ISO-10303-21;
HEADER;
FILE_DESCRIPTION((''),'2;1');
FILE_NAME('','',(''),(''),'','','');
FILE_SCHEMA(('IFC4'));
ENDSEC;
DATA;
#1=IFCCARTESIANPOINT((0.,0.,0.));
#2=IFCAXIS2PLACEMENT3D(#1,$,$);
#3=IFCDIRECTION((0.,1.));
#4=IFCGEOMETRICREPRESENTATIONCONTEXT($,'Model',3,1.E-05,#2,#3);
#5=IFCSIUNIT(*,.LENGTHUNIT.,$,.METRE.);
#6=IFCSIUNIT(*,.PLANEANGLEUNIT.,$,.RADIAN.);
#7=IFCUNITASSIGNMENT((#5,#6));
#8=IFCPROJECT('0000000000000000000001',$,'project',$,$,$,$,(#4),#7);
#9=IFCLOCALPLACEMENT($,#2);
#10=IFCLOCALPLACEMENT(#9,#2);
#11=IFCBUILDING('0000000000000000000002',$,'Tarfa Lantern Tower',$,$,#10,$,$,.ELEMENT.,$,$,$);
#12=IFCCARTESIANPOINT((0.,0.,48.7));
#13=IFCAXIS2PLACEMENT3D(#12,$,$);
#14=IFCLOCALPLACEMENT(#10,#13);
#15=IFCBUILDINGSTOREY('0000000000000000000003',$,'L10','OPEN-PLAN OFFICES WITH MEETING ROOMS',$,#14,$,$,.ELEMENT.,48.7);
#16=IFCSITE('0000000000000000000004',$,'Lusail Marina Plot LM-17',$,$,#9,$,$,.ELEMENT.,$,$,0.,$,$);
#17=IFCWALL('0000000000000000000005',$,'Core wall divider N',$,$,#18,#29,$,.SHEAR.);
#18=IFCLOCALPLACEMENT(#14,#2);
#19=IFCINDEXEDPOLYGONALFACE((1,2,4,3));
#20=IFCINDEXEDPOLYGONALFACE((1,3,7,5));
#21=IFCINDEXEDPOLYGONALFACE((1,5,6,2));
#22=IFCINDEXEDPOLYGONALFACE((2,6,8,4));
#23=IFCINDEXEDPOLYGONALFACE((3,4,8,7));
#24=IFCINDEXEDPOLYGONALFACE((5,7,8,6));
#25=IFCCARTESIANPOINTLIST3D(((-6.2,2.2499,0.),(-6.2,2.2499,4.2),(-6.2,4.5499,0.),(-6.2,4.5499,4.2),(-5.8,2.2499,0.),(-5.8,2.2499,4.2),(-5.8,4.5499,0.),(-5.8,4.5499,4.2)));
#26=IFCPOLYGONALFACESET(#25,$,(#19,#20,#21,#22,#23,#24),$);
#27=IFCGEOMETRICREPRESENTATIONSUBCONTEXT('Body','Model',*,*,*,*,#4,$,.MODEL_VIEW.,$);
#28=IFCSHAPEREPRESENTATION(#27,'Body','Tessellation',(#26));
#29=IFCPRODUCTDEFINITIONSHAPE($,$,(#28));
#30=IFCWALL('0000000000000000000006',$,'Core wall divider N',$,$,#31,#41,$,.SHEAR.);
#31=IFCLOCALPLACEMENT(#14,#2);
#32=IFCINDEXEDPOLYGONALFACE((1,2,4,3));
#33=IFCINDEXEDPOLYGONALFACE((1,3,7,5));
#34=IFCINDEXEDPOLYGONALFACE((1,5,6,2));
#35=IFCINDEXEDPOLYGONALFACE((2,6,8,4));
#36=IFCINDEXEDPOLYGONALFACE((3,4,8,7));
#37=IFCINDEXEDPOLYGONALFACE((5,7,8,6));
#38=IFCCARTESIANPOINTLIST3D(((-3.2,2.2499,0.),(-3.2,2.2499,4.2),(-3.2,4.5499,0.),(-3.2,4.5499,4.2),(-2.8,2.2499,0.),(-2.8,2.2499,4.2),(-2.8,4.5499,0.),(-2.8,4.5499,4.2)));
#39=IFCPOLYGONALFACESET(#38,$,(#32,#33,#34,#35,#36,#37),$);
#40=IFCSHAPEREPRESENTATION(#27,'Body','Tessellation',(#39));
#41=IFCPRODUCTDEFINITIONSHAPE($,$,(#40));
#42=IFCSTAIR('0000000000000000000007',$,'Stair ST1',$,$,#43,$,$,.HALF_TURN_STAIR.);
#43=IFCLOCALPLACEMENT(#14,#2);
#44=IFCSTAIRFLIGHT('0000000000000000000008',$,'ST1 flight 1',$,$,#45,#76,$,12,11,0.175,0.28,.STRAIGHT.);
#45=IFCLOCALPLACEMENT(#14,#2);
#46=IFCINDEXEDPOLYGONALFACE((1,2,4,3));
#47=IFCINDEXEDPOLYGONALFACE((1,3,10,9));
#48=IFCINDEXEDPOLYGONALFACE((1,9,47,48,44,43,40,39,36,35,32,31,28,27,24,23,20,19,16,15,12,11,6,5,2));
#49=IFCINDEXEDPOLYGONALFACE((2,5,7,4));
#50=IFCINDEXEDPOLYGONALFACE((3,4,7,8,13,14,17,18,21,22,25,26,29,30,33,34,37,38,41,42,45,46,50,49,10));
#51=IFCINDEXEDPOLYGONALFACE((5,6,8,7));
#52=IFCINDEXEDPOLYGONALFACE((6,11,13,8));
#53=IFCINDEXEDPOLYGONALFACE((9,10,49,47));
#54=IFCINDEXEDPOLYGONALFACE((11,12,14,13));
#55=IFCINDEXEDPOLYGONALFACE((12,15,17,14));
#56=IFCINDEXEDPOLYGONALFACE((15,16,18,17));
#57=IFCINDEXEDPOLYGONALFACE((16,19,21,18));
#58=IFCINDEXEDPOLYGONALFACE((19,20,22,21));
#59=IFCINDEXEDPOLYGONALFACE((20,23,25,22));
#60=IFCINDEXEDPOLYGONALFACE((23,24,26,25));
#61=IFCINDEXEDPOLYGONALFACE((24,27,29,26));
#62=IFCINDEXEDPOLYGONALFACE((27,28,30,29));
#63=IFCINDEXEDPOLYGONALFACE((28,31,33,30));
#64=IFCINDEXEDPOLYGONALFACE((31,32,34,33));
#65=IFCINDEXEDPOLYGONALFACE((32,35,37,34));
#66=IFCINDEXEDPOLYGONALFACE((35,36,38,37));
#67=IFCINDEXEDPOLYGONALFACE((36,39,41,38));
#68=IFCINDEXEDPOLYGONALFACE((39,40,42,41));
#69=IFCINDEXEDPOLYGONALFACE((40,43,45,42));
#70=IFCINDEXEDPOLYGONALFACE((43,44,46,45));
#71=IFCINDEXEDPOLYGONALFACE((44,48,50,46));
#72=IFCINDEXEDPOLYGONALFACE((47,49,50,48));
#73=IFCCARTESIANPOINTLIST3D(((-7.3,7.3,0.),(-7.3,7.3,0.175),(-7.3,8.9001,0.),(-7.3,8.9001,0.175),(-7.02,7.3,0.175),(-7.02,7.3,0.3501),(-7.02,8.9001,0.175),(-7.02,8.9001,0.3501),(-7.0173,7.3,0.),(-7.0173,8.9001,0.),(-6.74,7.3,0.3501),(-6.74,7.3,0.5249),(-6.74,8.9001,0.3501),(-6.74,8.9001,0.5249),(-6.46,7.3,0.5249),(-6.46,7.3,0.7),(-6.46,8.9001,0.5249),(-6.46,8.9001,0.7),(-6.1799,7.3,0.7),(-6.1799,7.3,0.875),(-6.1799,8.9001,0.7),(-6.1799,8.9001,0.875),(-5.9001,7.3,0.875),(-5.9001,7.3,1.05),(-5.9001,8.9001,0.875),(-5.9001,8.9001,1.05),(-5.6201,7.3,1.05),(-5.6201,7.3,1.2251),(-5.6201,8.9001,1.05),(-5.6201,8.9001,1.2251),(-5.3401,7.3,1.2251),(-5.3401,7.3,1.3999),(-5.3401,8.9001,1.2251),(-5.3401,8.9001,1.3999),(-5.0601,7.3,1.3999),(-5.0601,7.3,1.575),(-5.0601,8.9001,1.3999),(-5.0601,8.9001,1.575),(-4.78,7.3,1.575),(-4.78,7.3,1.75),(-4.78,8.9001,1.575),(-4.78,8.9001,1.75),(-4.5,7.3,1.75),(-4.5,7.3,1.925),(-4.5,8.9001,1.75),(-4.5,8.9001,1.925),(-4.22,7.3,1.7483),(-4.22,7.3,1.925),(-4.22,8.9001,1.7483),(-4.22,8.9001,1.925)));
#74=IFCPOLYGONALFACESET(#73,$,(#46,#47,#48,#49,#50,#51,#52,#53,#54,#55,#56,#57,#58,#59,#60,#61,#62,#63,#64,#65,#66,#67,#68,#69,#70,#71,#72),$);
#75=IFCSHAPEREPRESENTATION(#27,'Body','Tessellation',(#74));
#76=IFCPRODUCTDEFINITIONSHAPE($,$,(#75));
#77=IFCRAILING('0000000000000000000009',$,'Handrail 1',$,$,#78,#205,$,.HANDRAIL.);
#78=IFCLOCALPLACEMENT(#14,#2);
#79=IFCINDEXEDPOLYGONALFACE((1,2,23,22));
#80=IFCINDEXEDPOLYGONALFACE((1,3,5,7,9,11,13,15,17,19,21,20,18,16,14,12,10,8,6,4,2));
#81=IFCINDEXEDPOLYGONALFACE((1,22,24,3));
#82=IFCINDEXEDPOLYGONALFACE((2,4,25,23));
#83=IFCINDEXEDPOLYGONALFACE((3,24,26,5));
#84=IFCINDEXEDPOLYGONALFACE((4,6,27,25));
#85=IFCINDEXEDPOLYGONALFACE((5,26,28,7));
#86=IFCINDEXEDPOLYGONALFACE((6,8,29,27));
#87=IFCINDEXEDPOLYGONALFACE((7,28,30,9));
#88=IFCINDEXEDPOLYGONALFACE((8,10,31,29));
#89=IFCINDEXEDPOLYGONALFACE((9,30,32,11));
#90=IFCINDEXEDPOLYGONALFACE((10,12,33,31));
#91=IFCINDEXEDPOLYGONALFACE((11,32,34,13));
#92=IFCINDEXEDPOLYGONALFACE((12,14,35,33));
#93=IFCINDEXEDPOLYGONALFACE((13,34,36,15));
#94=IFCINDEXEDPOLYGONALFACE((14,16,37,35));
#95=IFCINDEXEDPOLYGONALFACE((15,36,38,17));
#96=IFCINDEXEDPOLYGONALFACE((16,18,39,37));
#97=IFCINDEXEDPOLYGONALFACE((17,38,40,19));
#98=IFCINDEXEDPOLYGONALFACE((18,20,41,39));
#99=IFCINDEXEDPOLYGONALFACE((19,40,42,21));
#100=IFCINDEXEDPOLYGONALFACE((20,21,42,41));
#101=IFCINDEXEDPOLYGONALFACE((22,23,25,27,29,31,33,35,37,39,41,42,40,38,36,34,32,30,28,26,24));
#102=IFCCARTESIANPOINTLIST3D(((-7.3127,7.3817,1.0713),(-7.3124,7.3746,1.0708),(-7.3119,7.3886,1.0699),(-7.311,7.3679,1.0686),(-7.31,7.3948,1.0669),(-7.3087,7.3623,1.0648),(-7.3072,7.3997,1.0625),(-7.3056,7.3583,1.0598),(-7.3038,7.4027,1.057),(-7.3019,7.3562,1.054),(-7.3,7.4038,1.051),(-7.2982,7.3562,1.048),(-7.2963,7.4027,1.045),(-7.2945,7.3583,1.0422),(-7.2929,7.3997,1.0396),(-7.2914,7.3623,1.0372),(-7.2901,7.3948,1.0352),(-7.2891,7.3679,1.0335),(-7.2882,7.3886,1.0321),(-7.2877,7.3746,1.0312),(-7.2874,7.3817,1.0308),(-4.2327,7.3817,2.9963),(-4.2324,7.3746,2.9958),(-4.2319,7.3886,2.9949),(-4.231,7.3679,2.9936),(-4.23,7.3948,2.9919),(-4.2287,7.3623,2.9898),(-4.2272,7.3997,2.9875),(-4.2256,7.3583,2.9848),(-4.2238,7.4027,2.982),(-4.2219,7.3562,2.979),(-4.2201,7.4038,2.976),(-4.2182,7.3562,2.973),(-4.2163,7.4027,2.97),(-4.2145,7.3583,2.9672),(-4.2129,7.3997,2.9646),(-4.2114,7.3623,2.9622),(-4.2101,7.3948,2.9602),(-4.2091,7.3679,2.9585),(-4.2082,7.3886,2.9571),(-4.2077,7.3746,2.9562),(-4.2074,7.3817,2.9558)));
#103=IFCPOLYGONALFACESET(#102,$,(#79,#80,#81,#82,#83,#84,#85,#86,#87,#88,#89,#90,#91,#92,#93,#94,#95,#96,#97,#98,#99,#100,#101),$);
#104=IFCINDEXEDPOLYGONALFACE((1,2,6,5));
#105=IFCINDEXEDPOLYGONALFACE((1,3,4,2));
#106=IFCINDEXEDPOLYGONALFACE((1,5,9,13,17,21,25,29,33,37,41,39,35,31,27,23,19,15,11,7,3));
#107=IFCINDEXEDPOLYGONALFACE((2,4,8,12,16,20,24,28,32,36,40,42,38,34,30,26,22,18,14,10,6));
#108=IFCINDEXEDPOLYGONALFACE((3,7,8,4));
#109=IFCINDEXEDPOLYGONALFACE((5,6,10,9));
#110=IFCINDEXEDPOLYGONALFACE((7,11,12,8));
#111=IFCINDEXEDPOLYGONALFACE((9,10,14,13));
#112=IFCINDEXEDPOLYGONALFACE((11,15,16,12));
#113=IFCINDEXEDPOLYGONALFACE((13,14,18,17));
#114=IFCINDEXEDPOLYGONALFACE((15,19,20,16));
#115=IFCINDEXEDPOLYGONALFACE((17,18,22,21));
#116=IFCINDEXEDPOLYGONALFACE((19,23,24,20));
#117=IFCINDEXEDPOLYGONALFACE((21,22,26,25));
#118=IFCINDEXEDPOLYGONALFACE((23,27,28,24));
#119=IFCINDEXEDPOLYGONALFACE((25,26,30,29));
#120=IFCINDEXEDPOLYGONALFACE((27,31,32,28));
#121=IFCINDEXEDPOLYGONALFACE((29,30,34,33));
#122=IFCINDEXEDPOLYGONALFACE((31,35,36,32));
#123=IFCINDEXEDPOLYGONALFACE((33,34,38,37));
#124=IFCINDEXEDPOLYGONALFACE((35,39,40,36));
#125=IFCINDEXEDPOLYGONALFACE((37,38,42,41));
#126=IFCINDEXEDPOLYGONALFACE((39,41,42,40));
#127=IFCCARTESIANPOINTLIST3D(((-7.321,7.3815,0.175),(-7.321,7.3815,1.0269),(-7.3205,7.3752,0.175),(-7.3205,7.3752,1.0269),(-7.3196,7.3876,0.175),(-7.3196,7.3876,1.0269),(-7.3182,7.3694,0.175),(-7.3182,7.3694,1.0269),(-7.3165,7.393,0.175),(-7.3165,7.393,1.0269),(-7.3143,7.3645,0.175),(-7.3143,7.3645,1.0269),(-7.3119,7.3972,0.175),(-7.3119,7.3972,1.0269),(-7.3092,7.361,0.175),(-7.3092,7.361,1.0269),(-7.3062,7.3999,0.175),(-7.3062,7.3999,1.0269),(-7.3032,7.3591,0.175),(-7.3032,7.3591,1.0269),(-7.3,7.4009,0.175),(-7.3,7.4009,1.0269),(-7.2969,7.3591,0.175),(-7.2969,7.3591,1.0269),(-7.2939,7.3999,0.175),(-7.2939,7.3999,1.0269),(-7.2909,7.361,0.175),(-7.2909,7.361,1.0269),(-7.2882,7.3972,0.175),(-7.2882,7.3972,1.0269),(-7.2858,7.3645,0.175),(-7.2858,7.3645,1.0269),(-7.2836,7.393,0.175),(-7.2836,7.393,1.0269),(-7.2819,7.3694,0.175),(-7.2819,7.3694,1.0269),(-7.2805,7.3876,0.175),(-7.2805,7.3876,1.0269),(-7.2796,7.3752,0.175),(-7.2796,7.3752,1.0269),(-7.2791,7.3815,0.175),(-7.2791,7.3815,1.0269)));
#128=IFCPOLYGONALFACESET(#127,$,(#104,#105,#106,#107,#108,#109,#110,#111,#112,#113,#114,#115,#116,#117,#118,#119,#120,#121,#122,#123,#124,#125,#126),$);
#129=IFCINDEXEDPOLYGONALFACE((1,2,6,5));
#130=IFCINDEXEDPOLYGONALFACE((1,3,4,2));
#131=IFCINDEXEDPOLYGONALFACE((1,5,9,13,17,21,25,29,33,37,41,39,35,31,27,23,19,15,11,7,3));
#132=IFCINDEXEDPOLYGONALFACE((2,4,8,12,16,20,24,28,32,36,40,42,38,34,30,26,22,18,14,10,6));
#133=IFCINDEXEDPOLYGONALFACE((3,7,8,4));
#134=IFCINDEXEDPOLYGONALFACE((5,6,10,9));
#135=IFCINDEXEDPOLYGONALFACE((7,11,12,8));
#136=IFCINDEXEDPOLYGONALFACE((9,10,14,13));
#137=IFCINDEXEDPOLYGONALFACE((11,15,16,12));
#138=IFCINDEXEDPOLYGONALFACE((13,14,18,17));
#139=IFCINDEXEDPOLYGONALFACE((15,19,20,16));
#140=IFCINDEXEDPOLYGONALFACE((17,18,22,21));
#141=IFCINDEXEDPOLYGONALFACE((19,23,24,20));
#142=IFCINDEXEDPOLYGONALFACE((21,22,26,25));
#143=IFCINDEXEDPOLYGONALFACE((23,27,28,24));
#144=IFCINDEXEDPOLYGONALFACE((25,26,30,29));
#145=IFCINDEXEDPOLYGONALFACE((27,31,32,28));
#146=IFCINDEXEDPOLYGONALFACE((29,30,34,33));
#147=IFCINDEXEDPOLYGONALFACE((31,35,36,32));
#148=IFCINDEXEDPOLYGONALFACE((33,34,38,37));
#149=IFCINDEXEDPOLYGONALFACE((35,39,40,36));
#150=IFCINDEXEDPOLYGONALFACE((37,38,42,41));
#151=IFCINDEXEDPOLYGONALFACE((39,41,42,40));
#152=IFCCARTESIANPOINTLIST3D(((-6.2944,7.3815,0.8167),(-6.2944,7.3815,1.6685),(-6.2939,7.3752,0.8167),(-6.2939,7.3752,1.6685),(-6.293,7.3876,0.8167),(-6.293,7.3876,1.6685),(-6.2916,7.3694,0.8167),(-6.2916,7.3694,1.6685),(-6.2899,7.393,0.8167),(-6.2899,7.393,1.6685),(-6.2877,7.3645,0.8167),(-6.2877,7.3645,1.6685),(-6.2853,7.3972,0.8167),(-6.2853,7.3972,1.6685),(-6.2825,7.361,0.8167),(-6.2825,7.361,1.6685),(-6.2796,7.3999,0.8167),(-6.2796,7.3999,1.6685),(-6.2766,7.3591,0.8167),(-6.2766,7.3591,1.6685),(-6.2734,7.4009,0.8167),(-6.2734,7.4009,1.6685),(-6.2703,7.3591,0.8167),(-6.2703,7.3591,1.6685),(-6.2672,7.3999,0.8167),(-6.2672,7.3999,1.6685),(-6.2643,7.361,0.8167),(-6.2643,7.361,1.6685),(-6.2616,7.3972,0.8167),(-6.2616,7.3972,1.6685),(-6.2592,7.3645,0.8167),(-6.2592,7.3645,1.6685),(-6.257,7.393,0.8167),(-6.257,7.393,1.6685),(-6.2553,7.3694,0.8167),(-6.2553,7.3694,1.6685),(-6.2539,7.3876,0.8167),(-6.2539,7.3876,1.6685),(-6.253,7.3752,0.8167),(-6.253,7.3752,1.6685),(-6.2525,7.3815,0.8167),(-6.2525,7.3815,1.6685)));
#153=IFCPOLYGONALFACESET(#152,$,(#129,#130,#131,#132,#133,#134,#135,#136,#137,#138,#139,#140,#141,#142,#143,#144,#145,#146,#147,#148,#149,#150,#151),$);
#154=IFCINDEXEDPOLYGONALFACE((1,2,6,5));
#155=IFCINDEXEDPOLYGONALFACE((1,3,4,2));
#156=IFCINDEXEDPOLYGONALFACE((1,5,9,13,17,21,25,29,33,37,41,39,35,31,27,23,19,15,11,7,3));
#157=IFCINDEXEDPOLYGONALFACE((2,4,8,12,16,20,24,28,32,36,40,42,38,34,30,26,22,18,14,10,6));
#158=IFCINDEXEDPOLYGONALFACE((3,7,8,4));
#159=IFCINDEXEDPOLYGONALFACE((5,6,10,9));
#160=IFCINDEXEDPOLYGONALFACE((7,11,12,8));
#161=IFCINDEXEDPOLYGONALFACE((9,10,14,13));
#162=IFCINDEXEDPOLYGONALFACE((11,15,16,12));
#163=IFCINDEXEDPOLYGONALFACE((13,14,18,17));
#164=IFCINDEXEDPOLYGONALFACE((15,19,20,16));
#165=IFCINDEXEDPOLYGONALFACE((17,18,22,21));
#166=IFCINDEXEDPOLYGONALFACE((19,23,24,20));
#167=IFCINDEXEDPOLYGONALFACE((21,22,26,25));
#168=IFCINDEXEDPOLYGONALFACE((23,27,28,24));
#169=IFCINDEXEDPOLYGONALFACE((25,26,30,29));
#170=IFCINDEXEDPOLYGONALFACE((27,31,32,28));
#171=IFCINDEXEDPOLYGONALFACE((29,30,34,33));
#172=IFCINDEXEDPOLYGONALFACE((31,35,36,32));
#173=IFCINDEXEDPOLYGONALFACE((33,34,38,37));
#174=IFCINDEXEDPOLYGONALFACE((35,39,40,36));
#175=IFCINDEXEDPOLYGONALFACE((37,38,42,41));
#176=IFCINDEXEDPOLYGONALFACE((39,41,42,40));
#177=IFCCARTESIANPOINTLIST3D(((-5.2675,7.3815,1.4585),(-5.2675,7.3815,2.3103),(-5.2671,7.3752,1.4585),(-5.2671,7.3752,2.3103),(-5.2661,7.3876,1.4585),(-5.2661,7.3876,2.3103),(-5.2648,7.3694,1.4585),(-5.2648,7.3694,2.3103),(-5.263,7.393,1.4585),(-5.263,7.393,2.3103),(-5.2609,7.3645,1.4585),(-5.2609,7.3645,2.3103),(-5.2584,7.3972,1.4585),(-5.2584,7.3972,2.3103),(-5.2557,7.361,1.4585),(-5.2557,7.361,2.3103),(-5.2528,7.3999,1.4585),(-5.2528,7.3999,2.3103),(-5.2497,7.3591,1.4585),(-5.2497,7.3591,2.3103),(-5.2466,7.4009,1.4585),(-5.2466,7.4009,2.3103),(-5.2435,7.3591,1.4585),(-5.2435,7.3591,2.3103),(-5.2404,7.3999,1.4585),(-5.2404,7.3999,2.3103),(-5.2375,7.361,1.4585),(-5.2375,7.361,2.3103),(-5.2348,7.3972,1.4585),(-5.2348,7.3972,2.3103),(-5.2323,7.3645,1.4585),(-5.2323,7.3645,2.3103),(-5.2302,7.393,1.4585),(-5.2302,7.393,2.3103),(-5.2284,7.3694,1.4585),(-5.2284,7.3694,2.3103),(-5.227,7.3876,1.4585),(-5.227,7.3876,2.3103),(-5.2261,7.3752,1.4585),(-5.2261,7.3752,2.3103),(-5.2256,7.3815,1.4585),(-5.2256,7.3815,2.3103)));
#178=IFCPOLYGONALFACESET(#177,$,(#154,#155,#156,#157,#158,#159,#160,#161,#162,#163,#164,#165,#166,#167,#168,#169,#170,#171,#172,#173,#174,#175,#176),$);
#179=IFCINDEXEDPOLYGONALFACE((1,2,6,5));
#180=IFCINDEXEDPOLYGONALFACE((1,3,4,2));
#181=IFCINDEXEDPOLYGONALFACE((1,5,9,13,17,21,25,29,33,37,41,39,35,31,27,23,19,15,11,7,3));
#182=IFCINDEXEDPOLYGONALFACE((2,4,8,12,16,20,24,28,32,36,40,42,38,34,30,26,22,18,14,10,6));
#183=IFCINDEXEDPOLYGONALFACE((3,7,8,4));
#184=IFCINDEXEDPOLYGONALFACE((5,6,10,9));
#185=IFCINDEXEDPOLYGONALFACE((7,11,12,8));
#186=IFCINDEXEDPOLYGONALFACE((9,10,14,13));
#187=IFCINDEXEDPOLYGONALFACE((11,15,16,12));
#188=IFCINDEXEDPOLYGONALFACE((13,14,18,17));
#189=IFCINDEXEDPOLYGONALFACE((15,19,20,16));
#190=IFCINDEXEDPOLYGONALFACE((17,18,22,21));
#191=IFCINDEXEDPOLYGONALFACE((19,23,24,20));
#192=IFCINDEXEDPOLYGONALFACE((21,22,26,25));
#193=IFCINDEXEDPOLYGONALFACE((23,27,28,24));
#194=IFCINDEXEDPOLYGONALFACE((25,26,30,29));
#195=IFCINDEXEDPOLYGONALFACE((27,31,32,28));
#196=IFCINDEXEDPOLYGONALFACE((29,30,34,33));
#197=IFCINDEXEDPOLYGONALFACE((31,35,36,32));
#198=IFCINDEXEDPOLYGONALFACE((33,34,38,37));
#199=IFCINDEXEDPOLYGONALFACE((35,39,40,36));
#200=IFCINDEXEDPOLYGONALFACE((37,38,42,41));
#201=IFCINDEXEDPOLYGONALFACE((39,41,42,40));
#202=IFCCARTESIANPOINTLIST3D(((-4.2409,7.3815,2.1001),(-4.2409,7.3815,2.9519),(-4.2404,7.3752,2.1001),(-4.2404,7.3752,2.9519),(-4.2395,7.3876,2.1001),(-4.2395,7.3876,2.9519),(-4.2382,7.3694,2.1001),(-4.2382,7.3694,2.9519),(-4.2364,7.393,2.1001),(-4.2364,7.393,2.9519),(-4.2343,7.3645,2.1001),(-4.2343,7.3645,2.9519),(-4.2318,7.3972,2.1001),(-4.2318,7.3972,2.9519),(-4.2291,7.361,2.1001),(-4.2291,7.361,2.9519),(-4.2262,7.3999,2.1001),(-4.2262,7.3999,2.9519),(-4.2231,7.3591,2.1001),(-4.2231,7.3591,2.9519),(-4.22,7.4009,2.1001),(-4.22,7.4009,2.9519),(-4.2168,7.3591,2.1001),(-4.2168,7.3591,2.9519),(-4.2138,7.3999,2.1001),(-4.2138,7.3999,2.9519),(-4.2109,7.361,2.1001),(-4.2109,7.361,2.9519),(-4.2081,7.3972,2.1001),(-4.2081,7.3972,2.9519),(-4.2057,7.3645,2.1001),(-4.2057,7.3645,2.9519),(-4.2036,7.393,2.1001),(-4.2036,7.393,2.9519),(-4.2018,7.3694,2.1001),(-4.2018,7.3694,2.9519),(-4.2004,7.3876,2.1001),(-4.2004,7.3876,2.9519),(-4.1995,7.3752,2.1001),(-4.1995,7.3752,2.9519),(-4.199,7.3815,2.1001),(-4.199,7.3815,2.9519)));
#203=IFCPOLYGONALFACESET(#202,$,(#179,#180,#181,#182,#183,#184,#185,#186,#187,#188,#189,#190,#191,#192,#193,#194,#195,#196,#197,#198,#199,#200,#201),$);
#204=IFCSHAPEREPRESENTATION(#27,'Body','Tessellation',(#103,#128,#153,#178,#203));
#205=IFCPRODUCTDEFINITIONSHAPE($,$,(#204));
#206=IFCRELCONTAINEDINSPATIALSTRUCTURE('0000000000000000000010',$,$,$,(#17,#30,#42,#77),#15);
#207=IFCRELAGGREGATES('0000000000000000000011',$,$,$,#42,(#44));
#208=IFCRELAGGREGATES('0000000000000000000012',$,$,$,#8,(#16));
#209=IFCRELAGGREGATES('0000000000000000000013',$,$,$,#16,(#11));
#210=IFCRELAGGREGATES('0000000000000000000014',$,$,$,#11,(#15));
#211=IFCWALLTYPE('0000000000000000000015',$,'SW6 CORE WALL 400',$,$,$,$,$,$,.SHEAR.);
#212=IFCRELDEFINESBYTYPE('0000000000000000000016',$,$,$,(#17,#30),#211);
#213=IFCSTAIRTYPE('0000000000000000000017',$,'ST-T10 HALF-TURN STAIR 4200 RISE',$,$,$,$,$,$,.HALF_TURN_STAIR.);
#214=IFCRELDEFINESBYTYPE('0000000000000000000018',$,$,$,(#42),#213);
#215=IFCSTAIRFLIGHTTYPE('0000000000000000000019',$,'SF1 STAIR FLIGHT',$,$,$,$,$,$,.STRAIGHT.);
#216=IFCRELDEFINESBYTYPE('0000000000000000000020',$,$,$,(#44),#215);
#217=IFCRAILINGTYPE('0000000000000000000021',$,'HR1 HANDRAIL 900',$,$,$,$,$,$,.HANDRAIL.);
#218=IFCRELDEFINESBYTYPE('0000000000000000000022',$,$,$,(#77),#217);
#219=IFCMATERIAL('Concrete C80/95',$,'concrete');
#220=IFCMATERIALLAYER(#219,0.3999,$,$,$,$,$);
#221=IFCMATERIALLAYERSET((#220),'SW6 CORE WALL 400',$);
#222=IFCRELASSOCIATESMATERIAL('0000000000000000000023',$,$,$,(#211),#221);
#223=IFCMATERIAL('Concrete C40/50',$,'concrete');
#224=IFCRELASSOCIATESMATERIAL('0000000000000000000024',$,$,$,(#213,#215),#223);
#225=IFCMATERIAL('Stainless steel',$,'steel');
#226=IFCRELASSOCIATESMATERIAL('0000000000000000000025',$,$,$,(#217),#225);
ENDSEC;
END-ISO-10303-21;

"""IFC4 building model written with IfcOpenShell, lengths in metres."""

from ifc_helpers import new_model, si_unit, direction, frame, frame_2d, origin, origin_2d, place, context, subcontext, project, spatial, polyline, rectangle, circle, outline, extrude, material, layer, layer_set, type_object, element, aggregate, save


model = new_model("IFC4")

# Units and contexts
model_context = context("Model", 3, precision=1e-05, world=origin(), true_north=direction((0.0, 1.0)))
body_context = subcontext(model_context, "Body", "Model", "MODEL_VIEW")
ifc_project = project(units=[si_unit("LENGTHUNIT", "METRE"), si_unit("PLANEANGLEUNIT", "RADIAN")], contexts=[model_context])

# Site, building, storey
site_placement = place(None, origin())
site = spatial("IfcSite", under=ifc_project, at=site_placement, Name="Lusail Marina Plot LM-17", CompositionType="ELEMENT", RefElevation=0.0)
building_placement = place(site_placement, origin())
building = spatial("IfcBuilding", under=site, at=building_placement, Name="Tarfa Lantern Tower", CompositionType="ELEMENT")
storey_placement = place(building_placement, frame((0.0, 0.0, 48.7)))
storey = spatial("IfcBuildingStorey", under=building, at=storey_placement, Name="L10", Description="OPEN-PLAN OFFICES WITH MEETING ROOMS", CompositionType="ELEMENT", Elevation=48.7)

# Shared definitions
ifc_material_1 = material(Name="Concrete C80/95", Category="concrete")

# Walls
ifc_layer_1 = layer(ifc_material_1, 0.3999)
ifc_layer_set_1 = layer_set([ifc_layer_1], Name="SW6 CORE WALL 400")
wall_type_1 = type_object("IfcWallType", Name="SW6 CORE WALL 400", PredefinedType="SHEAR", material=ifc_layer_set_1)
for number, where, z_axis, x_axis, name in (
    (1, (-6.0, 2.25, 0.0), (0.0, 0.0, 1.0), (0.0, 1.0, 0.0), "Core wall divider N"),
    (2, (-3.0, 2.25, 0.0), (0.0, 0.0, 1.0), (0.0, 1.0, 0.0), "Core wall divider N"),
):
    element("IfcWall", number, at=place(storey_placement, frame(where, z_axis=z_axis, x_axis=x_axis)), inside=storey, type_object=wall_type_1, Name=name, PredefinedType="SHEAR", context=body_context, shape_type="SweptSolid", body=[
        extrude(rectangle(XDim=2.3, YDim=0.3999, at=frame_2d((1.1499, 0.0))), origin(), (0.0, 0.0, 1.0), 4.2),
    ])

# Stair, stair flight
ifc_material_2 = material(Name="Concrete C40/50", Category="concrete")
stair_type = type_object("IfcStairType", Name="ST-T10 HALF-TURN STAIR 4200 RISE", PredefinedType="HALF_TURN_STAIR", material=ifc_material_2)
stair_placement = place(storey_placement, origin())
stair = element("IfcStair", 3, at=stair_placement, inside=storey, type_object=stair_type, Name="Stair ST1", PredefinedType="HALF_TURN_STAIR")
stair_flight_type = type_object("IfcStairFlightType", Name="SF1 STAIR FLIGHT", PredefinedType="STRAIGHT", material=ifc_material_2)
stair_flight_placement = place(storey_placement, frame((-7.3, 8.1001, 0.0), z_axis=(0.0, 0.0, 1.0), x_axis=(1.0, 0.0, 0.0)))
stair_flight = element("IfcStairFlight", 4, at=stair_flight_placement, type_object=stair_flight_type, Name="ST1 flight 1", NumberOfRisers=12, NumberOfTreads=11, PredefinedType="STRAIGHT", RiserHeight=0.175, TreadLength=0.28, context=body_context, shape_type="SweptSolid", body=[
    extrude(outline(polyline([(0.0, 0.0), (0.0, 0.175), (0.28, 0.175), (0.28, 0.3501), (0.5601, 0.3501), (0.5601, 0.5249), (0.8401, 0.5249), (0.8401, 0.7), (1.1201, 0.7), (1.1201, 0.875), (1.3999, 0.875), (1.3999, 1.05), (1.6799, 1.05), (1.6799, 1.2251), (1.96, 1.2251), (1.96, 1.3999), (2.24, 1.3999), (2.24, 1.575), (2.52, 1.575), (2.52, 1.75), (2.8, 1.75), (2.8, 1.925), (3.0801, 1.925), (3.0801, 2.1001), (3.0801, 1.7483), (0.2827, 0.0), (0.0, 0.0)])), frame((0.0, 0.8, 0.0), z_axis=(0.0, -1.0, 0.0), x_axis=(1.0, 0.0, 0.0)), (0.0, 0.0, 1.0), 1.6001),
])
aggregate(stair, [stair_flight])

# Railing
ifc_material_3 = material(Name="Stainless steel", Category="steel")
railing_type = type_object("IfcRailingType", Name="HR1 HANDRAIL 900", PredefinedType="HANDRAIL", material=ifc_material_3)
railing_placement = place(storey_placement, frame((-7.3, 7.3799, 0.175)))
element("IfcRailing", 5, at=railing_placement, inside=storey, type_object=railing_type, Name="Handrail 1", PredefinedType="HANDRAIL", context=body_context, shape_type="SweptSolid", body=[
    extrude(circle(Radius=0.0239, at=origin_2d()), frame((0.0, 0.0, 0.876), z_axis=(0.847998, 0.0, 0.529999), x_axis=(0.0, 1.0, 0.0)), (0.0, 0.0, 1.0), 3.6321),
    extrude(circle(Radius=0.021, at=origin_2d()), frame((0.0, 0.0, 0.0), z_axis=(0.0, 0.0, 1.0), x_axis=(0.0, 1.0, 0.0)), (0.0, 0.0, 1.0), 0.8518),
    extrude(circle(Radius=0.021, at=origin_2d()), frame((1.0266, 0.0, 0.6416), z_axis=(0.0, 0.0, 1.0), x_axis=(0.0, 1.0, 0.0)), (0.0, 0.0, 1.0), 0.8518),
    extrude(circle(Radius=0.021, at=origin_2d()), frame((2.0535, 0.0, 1.2834), z_axis=(0.0, 0.0, 1.0), x_axis=(0.0, 1.0, 0.0)), (0.0, 0.0, 1.0), 0.8518),
    extrude(circle(Radius=0.021, at=origin_2d()), frame((3.0801, 0.0, 1.925), z_axis=(0.0, 0.0, 1.0), x_axis=(0.0, 1.0, 0.0)), (0.0, 0.0, 1.0), 0.8518),
])

save(model, "model.ifc")
